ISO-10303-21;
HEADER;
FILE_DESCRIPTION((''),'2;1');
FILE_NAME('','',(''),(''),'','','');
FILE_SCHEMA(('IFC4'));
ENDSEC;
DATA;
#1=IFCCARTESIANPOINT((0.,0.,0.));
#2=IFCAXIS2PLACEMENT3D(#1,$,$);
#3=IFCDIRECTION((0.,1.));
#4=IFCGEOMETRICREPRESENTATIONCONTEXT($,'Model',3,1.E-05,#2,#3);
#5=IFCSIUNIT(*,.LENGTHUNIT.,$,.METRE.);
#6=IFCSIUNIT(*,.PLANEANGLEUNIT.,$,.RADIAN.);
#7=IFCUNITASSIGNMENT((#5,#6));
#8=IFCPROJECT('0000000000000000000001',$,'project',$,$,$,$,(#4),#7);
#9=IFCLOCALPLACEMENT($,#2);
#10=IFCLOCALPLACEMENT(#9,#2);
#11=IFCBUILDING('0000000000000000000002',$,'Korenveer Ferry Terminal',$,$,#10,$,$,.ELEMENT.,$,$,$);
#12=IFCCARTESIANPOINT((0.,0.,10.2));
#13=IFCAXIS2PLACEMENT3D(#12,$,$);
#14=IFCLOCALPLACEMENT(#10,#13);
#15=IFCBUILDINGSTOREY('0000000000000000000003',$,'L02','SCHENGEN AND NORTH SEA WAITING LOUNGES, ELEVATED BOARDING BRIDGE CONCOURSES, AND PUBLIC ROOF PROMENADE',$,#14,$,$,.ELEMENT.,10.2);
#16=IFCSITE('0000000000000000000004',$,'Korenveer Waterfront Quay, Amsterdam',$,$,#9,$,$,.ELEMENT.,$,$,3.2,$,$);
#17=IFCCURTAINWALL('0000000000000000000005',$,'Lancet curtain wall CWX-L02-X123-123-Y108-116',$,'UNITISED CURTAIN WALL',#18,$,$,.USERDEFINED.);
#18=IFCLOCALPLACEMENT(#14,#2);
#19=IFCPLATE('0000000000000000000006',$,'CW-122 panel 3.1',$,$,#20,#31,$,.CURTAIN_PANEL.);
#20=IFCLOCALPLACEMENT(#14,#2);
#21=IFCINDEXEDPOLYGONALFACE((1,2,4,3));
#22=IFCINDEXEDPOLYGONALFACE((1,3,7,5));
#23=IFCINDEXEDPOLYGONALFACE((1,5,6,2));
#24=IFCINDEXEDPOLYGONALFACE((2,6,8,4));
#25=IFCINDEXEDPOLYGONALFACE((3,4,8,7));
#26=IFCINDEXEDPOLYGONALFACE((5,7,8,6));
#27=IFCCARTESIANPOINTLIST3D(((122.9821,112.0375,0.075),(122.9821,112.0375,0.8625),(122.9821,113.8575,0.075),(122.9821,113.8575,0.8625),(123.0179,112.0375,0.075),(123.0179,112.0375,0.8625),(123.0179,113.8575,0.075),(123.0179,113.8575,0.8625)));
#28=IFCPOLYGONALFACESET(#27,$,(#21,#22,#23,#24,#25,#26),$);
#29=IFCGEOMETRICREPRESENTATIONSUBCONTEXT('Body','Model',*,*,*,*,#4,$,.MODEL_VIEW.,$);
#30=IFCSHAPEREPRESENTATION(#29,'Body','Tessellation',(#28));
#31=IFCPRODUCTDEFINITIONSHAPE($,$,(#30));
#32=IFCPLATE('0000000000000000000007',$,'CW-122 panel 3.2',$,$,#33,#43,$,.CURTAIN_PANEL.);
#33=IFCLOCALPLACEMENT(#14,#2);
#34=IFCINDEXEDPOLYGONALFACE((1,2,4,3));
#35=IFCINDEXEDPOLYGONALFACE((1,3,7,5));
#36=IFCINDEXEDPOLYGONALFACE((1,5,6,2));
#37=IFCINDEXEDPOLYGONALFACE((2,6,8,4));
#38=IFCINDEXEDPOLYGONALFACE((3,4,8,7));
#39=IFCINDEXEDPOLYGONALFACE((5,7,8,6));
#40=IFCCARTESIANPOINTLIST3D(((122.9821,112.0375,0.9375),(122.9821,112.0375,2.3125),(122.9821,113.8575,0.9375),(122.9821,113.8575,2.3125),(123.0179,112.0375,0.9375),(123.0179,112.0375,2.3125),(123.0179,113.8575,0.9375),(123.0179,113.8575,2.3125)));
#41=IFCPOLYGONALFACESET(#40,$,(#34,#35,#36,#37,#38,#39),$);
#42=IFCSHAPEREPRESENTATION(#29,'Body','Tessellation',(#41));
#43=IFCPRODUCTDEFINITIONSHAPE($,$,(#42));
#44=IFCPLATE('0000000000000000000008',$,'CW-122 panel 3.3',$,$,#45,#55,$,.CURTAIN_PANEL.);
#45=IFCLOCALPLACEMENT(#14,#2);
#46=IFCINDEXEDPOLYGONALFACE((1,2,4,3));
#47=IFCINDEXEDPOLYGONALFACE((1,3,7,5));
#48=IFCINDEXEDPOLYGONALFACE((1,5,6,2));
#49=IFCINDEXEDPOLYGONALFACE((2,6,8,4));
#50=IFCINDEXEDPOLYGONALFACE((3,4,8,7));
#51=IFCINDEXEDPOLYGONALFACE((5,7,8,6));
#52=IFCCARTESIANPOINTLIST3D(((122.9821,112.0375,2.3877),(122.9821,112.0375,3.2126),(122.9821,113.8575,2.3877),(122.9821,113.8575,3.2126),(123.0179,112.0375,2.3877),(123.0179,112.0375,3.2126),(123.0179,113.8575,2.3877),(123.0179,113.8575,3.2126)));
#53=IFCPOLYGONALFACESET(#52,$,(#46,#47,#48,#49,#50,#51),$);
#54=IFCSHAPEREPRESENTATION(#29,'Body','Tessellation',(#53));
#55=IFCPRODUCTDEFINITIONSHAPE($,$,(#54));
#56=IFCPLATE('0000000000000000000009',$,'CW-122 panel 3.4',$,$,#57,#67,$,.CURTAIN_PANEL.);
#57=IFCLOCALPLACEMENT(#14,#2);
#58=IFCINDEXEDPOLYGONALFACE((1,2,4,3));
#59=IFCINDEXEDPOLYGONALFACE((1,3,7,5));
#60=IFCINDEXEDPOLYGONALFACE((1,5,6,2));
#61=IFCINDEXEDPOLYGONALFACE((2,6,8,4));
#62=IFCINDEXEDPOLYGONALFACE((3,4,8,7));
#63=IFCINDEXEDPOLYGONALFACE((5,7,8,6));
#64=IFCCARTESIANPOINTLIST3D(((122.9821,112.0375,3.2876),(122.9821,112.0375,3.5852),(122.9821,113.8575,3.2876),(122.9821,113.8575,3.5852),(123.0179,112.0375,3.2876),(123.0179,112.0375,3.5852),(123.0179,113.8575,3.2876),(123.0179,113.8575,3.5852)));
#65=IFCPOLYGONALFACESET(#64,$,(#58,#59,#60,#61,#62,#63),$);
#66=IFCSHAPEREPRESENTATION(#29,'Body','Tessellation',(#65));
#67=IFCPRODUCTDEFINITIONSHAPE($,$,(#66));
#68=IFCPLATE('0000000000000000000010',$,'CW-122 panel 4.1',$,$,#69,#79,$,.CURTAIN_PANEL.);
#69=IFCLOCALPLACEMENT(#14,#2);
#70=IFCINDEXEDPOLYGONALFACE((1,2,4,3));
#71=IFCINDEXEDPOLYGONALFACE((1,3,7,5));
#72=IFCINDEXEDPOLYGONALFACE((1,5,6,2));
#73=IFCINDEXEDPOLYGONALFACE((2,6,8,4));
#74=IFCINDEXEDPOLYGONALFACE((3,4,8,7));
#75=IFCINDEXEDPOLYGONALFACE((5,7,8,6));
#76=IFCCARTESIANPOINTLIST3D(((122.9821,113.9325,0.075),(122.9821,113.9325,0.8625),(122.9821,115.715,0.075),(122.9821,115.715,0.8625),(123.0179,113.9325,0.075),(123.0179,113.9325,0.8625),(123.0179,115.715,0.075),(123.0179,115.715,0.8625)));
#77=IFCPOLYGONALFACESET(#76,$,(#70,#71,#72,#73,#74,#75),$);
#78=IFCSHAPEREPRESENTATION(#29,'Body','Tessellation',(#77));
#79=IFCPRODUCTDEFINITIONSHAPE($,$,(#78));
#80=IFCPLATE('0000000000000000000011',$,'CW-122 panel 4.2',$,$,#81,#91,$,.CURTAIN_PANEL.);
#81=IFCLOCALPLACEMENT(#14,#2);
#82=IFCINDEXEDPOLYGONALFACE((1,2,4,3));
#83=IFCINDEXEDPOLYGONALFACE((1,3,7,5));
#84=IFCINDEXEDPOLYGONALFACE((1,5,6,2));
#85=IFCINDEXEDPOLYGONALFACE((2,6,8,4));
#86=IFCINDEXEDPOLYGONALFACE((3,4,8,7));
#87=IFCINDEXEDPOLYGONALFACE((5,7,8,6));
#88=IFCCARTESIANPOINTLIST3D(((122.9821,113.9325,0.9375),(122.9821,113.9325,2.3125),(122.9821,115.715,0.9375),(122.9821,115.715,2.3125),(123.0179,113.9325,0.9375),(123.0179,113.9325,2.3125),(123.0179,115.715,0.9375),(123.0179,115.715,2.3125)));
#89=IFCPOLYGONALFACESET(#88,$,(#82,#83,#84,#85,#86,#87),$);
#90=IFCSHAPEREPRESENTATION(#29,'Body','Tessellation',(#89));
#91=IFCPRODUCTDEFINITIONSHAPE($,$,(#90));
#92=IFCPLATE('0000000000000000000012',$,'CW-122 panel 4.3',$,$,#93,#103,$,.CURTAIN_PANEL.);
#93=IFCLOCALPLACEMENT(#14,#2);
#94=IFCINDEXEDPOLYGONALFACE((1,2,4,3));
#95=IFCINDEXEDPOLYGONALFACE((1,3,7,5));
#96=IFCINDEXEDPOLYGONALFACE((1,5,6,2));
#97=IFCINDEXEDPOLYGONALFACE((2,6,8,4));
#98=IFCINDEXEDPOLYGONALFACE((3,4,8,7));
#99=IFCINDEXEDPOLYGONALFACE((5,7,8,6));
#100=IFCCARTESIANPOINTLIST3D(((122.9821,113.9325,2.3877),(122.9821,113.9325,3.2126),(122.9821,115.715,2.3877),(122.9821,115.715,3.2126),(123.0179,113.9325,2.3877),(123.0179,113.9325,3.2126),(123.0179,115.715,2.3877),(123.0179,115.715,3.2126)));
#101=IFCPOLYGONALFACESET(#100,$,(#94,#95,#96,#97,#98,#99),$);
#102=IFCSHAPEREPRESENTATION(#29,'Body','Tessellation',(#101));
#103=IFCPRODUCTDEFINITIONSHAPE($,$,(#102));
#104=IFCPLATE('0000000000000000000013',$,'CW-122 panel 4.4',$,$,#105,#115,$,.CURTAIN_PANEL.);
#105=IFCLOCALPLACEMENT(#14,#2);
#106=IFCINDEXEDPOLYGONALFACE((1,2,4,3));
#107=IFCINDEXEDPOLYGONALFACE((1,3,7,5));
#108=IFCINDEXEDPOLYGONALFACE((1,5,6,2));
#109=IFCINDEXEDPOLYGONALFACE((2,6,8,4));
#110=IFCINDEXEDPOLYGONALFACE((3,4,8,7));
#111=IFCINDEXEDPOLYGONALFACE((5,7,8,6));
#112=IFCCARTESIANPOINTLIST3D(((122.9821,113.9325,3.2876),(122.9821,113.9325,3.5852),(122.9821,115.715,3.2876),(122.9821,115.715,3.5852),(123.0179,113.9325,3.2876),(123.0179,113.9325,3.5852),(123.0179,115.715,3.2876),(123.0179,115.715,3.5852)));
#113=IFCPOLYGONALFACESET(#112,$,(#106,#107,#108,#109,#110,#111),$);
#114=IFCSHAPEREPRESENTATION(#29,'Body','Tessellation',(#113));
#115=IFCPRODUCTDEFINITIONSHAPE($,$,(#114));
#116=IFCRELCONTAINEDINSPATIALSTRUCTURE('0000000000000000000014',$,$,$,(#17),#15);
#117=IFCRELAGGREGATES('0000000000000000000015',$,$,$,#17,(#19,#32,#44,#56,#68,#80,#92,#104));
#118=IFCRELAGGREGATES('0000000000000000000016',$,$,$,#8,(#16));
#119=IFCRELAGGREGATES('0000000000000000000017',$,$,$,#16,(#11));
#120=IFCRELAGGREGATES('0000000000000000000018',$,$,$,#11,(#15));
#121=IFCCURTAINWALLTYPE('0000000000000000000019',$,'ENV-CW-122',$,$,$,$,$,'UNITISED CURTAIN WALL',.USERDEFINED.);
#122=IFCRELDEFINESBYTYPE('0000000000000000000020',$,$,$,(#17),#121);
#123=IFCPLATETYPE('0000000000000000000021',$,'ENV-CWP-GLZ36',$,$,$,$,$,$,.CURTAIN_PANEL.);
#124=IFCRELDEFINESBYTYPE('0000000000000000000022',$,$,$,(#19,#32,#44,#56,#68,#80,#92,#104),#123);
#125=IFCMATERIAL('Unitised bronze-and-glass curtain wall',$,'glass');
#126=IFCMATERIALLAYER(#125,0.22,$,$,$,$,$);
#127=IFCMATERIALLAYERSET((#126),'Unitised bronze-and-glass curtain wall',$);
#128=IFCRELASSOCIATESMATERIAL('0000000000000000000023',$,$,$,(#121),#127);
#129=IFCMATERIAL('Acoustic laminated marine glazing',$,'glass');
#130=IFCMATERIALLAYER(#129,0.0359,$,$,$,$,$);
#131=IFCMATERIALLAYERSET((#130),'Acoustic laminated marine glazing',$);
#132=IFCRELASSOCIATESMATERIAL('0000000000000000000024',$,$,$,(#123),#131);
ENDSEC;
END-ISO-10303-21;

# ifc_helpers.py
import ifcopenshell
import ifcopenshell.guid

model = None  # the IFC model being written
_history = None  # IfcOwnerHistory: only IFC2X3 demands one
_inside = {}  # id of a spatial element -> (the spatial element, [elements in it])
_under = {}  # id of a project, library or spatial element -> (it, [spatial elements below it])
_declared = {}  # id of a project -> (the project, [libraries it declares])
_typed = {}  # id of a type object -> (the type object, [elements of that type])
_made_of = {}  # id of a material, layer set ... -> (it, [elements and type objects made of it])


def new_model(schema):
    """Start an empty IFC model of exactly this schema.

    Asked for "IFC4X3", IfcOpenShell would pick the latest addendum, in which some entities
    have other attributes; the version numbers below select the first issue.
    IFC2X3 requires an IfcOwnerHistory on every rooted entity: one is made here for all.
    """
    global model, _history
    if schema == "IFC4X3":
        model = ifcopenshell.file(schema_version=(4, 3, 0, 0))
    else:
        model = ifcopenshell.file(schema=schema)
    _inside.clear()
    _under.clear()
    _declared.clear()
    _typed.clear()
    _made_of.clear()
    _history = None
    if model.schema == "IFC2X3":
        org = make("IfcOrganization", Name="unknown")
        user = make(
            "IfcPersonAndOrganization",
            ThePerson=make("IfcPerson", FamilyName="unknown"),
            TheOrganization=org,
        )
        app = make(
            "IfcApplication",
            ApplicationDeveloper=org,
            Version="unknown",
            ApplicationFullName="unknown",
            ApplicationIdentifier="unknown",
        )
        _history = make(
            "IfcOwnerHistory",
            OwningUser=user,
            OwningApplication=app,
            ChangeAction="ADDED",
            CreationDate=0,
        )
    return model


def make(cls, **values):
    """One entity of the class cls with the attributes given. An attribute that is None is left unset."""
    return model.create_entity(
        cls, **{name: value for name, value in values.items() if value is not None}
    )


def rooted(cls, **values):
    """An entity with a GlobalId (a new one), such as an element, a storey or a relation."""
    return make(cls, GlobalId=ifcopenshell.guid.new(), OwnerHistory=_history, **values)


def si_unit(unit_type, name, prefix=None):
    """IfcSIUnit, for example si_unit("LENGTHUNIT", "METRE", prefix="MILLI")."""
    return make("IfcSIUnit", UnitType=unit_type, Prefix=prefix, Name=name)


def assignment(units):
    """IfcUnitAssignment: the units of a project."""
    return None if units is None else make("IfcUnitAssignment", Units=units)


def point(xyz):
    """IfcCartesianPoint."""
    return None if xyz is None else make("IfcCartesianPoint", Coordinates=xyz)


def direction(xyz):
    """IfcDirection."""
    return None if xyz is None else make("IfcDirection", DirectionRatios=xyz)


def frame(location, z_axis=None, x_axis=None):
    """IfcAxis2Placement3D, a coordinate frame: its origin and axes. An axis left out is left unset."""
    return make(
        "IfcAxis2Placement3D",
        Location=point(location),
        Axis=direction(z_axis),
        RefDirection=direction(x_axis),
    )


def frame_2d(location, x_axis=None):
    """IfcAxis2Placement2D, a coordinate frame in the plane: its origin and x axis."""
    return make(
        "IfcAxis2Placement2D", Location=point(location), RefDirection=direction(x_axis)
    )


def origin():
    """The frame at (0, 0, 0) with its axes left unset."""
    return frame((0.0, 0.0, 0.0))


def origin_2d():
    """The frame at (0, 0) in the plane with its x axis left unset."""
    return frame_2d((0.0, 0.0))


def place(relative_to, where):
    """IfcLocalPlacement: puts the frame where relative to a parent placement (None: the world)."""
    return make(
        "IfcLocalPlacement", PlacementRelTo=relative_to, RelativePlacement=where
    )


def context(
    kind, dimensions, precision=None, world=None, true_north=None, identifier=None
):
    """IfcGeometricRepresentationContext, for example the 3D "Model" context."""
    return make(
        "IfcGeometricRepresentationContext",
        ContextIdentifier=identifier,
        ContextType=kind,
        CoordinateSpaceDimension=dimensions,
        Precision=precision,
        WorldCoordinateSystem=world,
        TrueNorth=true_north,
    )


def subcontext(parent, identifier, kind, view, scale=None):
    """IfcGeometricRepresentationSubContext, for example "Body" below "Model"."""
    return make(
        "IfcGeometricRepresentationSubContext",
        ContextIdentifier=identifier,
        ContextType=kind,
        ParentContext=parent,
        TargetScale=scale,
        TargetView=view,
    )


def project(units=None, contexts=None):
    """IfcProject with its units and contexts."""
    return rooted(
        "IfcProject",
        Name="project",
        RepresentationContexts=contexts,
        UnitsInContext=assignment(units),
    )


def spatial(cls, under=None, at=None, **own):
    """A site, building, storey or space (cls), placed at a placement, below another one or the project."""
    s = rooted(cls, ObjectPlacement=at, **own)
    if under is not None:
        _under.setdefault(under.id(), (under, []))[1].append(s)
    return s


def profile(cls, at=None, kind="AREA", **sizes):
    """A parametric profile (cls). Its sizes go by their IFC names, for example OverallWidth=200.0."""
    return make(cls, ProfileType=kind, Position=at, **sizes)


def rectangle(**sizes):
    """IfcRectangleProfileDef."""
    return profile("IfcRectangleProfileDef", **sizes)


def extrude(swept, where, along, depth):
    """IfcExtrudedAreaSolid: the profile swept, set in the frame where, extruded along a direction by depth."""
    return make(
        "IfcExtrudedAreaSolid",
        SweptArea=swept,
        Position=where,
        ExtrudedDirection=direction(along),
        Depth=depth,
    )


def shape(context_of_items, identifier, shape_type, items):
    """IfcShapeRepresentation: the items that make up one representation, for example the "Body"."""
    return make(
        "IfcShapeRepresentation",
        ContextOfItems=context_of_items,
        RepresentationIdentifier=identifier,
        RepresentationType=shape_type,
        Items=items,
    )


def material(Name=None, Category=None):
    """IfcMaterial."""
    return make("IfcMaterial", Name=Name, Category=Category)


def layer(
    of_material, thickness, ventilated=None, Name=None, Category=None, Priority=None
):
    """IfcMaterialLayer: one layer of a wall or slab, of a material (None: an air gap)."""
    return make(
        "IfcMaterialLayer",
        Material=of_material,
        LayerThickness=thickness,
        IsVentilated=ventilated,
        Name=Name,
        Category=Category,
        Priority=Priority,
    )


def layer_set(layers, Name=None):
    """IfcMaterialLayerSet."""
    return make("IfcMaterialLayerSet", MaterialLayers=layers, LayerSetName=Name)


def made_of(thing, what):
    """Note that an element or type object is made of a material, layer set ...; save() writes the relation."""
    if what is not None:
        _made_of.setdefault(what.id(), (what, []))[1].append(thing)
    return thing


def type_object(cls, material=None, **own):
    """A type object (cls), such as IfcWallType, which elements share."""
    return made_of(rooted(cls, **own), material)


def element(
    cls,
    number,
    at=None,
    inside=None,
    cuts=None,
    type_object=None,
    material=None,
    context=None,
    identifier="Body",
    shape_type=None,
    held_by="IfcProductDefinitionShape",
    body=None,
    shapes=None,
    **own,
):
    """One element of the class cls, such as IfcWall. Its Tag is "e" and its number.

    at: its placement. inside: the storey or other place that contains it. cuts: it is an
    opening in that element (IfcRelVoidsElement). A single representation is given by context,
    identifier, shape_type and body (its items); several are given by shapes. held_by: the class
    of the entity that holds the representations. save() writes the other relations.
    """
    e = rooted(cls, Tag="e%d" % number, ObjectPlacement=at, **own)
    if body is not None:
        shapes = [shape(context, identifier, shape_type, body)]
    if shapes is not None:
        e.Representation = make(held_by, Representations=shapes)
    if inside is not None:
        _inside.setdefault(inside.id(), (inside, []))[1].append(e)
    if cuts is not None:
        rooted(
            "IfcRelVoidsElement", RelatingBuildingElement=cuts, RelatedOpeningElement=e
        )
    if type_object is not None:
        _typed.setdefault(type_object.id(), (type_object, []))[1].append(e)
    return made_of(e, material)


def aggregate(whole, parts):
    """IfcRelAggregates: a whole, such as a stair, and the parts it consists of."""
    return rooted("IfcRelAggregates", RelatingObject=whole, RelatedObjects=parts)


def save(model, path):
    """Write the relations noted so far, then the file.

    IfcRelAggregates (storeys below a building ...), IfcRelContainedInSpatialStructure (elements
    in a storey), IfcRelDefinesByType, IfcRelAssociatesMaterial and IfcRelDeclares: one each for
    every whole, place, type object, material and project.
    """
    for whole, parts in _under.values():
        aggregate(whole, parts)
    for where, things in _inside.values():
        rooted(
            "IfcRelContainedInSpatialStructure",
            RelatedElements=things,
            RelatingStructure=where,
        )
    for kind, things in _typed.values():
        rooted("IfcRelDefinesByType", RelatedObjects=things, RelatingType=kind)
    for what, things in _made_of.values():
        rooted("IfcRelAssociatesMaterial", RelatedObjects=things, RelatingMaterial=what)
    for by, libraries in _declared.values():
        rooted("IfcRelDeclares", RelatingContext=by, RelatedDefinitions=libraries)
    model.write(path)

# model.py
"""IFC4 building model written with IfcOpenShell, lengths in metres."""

from ifc_helpers import new_model, si_unit, direction, frame, origin, origin_2d, place, context, subcontext, project, spatial, rectangle, extrude, material, layer, layer_set, type_object, element, aggregate, save


model = new_model("IFC4")

# Units and contexts
model_context = context("Model", 3, precision=1e-05, world=origin(), true_north=direction((0.0, 1.0)))
body_context = subcontext(model_context, "Body", "Model", "MODEL_VIEW")
ifc_project = project(units=[si_unit("LENGTHUNIT", "METRE"), si_unit("PLANEANGLEUNIT", "RADIAN")], contexts=[model_context])

# Site, building, storey
site_placement = place(None, origin())
site = spatial("IfcSite", under=ifc_project, at=site_placement, Name="Korenveer Waterfront Quay, Amsterdam", CompositionType="ELEMENT", RefElevation=3.2)
building_placement = place(site_placement, origin())
building = spatial("IfcBuilding", under=site, at=building_placement, Name="Korenveer Ferry Terminal", CompositionType="ELEMENT")
storey_placement = place(building_placement, frame((0.0, 0.0, 10.2)))
storey = spatial("IfcBuildingStorey", under=building, at=storey_placement, Name="L02", Description="SCHENGEN AND NORTH SEA WAITING LOUNGES, ELEVATED BOARDING BRIDGE CONCOURSES, AND PUBLIC ROOF PROMENADE", CompositionType="ELEMENT", Elevation=10.2)

# Curtain wall
ifc_material_1 = material(Name="Unitised bronze-and-glass curtain wall", Category="glass")
ifc_layer_1 = layer(ifc_material_1, 0.22)
ifc_layer_set_1 = layer_set([ifc_layer_1], Name="Unitised bronze-and-glass curtain wall")
curtain_wall_type_1 = type_object("IfcCurtainWallType", Name="ENV-CW-122", ElementType="UNITISED CURTAIN WALL", PredefinedType="USERDEFINED", material=ifc_layer_set_1)
curtain_wall_1_placement = place(storey_placement, frame((123.0, 108.21, 0.0)))
curtain_wall_1 = element("IfcCurtainWall", 1, at=curtain_wall_1_placement, inside=storey, type_object=curtain_wall_type_1, Name="Lancet curtain wall CWX-L02-X123-123-Y108-116", ObjectType="UNITISED CURTAIN WALL", PredefinedType="USERDEFINED")

# Plates
ifc_material_2 = material(Name="Acoustic laminated marine glazing", Category="glass")
ifc_layer_2 = layer(ifc_material_2, 0.0359)
ifc_layer_set_2 = layer_set([ifc_layer_2], Name="Acoustic laminated marine glazing")
plate_type = type_object("IfcPlateType", Name="ENV-CWP-GLZ36", PredefinedType="CURTAIN_PANEL", material=ifc_layer_set_2)
plate_1_placement = place(storey_placement, frame((123.0, 112.9475, 0.075), z_axis=(0.0, 0.0, 1.0), x_axis=(0.0, 1.0, 0.0)))
plate_1 = element("IfcPlate", 2, at=plate_1_placement, type_object=plate_type, Name="CW-122 panel 3.1", PredefinedType="CURTAIN_PANEL", context=body_context, shape_type="SweptSolid", body=[
    extrude(rectangle(XDim=1.8201, YDim=0.0359, at=origin_2d()), origin(), (0.0, 0.0, 1.0), 0.7876),
])
plate_2_placement = place(storey_placement, frame((123.0, 112.9475, 0.9375), z_axis=(0.0, 0.0, 1.0), x_axis=(0.0, 1.0, 0.0)))
plate_2 = element("IfcPlate", 3, at=plate_2_placement, type_object=plate_type, Name="CW-122 panel 3.2", PredefinedType="CURTAIN_PANEL", context=body_context, shape_type="SweptSolid", body=[
    extrude(rectangle(XDim=1.8201, YDim=0.0359, at=origin_2d()), origin(), (0.0, 0.0, 1.0), 1.375),
])
plate_3_placement = place(storey_placement, frame((123.0, 112.9475, 2.3877), z_axis=(0.0, 0.0, 1.0), x_axis=(0.0, 1.0, 0.0)))
plate_3 = element("IfcPlate", 4, at=plate_3_placement, type_object=plate_type, Name="CW-122 panel 3.3", PredefinedType="CURTAIN_PANEL", context=body_context, shape_type="SweptSolid", body=[
    extrude(rectangle(XDim=1.8201, YDim=0.0359, at=origin_2d()), origin(), (0.0, 0.0, 1.0), 0.825),
])
plate_4_placement = place(storey_placement, frame((123.0, 112.9475, 3.2876), z_axis=(0.0, 0.0, 1.0), x_axis=(0.0, 1.0, 0.0)))
plate_4 = element("IfcPlate", 5, at=plate_4_placement, type_object=plate_type, Name="CW-122 panel 3.4", PredefinedType="CURTAIN_PANEL", context=body_context, shape_type="SweptSolid", body=[
    extrude(rectangle(XDim=1.8201, YDim=0.0359, at=origin_2d()), origin(), (0.0, 0.0, 1.0), 0.2976),
])
plate_5_placement = place(storey_placement, frame((123.0, 114.8237, 0.075), z_axis=(0.0, 0.0, 1.0), x_axis=(0.0, 1.0, 0.0)))
plate_5 = element("IfcPlate", 6, at=plate_5_placement, type_object=plate_type, Name="CW-122 panel 4.1", PredefinedType="CURTAIN_PANEL", context=body_context, shape_type="SweptSolid", body=[
    extrude(rectangle(XDim=1.7825, YDim=0.0359, at=origin_2d()), origin(), (0.0, 0.0, 1.0), 0.7876),
])
plate_6_placement = place(storey_placement, frame((123.0, 114.8237, 0.9375), z_axis=(0.0, 0.0, 1.0), x_axis=(0.0, 1.0, 0.0)))
plate_6 = element("IfcPlate", 7, at=plate_6_placement, type_object=plate_type, Name="CW-122 panel 4.2", PredefinedType="CURTAIN_PANEL", context=body_context, shape_type="SweptSolid", body=[
    extrude(rectangle(XDim=1.7825, YDim=0.0359, at=origin_2d()), origin(), (0.0, 0.0, 1.0), 1.375),
])
plate_7_placement = place(storey_placement, frame((123.0, 114.8237, 2.3877), z_axis=(0.0, 0.0, 1.0), x_axis=(0.0, 1.0, 0.0)))
plate_7 = element("IfcPlate", 8, at=plate_7_placement, type_object=plate_type, Name="CW-122 panel 4.3", PredefinedType="CURTAIN_PANEL", context=body_context, shape_type="SweptSolid", body=[
    extrude(rectangle(XDim=1.7825, YDim=0.0359, at=origin_2d()), origin(), (0.0, 0.0, 1.0), 0.825),
])
plate_8_placement = place(storey_placement, frame((123.0, 114.8237, 3.2876), z_axis=(0.0, 0.0, 1.0), x_axis=(0.0, 1.0, 0.0)))
plate_8 = element("IfcPlate", 9, at=plate_8_placement, type_object=plate_type, Name="CW-122 panel 4.4", PredefinedType="CURTAIN_PANEL", context=body_context, shape_type="SweptSolid", body=[
    extrude(rectangle(XDim=1.7825, YDim=0.0359, at=origin_2d()), origin(), (0.0, 0.0, 1.0), 0.2976),
])
aggregate(curtain_wall_1, [plate_1, plate_2, plate_3, plate_4, plate_5, plate_6, plate_7, plate_8])

save(model, "model.ifc")
